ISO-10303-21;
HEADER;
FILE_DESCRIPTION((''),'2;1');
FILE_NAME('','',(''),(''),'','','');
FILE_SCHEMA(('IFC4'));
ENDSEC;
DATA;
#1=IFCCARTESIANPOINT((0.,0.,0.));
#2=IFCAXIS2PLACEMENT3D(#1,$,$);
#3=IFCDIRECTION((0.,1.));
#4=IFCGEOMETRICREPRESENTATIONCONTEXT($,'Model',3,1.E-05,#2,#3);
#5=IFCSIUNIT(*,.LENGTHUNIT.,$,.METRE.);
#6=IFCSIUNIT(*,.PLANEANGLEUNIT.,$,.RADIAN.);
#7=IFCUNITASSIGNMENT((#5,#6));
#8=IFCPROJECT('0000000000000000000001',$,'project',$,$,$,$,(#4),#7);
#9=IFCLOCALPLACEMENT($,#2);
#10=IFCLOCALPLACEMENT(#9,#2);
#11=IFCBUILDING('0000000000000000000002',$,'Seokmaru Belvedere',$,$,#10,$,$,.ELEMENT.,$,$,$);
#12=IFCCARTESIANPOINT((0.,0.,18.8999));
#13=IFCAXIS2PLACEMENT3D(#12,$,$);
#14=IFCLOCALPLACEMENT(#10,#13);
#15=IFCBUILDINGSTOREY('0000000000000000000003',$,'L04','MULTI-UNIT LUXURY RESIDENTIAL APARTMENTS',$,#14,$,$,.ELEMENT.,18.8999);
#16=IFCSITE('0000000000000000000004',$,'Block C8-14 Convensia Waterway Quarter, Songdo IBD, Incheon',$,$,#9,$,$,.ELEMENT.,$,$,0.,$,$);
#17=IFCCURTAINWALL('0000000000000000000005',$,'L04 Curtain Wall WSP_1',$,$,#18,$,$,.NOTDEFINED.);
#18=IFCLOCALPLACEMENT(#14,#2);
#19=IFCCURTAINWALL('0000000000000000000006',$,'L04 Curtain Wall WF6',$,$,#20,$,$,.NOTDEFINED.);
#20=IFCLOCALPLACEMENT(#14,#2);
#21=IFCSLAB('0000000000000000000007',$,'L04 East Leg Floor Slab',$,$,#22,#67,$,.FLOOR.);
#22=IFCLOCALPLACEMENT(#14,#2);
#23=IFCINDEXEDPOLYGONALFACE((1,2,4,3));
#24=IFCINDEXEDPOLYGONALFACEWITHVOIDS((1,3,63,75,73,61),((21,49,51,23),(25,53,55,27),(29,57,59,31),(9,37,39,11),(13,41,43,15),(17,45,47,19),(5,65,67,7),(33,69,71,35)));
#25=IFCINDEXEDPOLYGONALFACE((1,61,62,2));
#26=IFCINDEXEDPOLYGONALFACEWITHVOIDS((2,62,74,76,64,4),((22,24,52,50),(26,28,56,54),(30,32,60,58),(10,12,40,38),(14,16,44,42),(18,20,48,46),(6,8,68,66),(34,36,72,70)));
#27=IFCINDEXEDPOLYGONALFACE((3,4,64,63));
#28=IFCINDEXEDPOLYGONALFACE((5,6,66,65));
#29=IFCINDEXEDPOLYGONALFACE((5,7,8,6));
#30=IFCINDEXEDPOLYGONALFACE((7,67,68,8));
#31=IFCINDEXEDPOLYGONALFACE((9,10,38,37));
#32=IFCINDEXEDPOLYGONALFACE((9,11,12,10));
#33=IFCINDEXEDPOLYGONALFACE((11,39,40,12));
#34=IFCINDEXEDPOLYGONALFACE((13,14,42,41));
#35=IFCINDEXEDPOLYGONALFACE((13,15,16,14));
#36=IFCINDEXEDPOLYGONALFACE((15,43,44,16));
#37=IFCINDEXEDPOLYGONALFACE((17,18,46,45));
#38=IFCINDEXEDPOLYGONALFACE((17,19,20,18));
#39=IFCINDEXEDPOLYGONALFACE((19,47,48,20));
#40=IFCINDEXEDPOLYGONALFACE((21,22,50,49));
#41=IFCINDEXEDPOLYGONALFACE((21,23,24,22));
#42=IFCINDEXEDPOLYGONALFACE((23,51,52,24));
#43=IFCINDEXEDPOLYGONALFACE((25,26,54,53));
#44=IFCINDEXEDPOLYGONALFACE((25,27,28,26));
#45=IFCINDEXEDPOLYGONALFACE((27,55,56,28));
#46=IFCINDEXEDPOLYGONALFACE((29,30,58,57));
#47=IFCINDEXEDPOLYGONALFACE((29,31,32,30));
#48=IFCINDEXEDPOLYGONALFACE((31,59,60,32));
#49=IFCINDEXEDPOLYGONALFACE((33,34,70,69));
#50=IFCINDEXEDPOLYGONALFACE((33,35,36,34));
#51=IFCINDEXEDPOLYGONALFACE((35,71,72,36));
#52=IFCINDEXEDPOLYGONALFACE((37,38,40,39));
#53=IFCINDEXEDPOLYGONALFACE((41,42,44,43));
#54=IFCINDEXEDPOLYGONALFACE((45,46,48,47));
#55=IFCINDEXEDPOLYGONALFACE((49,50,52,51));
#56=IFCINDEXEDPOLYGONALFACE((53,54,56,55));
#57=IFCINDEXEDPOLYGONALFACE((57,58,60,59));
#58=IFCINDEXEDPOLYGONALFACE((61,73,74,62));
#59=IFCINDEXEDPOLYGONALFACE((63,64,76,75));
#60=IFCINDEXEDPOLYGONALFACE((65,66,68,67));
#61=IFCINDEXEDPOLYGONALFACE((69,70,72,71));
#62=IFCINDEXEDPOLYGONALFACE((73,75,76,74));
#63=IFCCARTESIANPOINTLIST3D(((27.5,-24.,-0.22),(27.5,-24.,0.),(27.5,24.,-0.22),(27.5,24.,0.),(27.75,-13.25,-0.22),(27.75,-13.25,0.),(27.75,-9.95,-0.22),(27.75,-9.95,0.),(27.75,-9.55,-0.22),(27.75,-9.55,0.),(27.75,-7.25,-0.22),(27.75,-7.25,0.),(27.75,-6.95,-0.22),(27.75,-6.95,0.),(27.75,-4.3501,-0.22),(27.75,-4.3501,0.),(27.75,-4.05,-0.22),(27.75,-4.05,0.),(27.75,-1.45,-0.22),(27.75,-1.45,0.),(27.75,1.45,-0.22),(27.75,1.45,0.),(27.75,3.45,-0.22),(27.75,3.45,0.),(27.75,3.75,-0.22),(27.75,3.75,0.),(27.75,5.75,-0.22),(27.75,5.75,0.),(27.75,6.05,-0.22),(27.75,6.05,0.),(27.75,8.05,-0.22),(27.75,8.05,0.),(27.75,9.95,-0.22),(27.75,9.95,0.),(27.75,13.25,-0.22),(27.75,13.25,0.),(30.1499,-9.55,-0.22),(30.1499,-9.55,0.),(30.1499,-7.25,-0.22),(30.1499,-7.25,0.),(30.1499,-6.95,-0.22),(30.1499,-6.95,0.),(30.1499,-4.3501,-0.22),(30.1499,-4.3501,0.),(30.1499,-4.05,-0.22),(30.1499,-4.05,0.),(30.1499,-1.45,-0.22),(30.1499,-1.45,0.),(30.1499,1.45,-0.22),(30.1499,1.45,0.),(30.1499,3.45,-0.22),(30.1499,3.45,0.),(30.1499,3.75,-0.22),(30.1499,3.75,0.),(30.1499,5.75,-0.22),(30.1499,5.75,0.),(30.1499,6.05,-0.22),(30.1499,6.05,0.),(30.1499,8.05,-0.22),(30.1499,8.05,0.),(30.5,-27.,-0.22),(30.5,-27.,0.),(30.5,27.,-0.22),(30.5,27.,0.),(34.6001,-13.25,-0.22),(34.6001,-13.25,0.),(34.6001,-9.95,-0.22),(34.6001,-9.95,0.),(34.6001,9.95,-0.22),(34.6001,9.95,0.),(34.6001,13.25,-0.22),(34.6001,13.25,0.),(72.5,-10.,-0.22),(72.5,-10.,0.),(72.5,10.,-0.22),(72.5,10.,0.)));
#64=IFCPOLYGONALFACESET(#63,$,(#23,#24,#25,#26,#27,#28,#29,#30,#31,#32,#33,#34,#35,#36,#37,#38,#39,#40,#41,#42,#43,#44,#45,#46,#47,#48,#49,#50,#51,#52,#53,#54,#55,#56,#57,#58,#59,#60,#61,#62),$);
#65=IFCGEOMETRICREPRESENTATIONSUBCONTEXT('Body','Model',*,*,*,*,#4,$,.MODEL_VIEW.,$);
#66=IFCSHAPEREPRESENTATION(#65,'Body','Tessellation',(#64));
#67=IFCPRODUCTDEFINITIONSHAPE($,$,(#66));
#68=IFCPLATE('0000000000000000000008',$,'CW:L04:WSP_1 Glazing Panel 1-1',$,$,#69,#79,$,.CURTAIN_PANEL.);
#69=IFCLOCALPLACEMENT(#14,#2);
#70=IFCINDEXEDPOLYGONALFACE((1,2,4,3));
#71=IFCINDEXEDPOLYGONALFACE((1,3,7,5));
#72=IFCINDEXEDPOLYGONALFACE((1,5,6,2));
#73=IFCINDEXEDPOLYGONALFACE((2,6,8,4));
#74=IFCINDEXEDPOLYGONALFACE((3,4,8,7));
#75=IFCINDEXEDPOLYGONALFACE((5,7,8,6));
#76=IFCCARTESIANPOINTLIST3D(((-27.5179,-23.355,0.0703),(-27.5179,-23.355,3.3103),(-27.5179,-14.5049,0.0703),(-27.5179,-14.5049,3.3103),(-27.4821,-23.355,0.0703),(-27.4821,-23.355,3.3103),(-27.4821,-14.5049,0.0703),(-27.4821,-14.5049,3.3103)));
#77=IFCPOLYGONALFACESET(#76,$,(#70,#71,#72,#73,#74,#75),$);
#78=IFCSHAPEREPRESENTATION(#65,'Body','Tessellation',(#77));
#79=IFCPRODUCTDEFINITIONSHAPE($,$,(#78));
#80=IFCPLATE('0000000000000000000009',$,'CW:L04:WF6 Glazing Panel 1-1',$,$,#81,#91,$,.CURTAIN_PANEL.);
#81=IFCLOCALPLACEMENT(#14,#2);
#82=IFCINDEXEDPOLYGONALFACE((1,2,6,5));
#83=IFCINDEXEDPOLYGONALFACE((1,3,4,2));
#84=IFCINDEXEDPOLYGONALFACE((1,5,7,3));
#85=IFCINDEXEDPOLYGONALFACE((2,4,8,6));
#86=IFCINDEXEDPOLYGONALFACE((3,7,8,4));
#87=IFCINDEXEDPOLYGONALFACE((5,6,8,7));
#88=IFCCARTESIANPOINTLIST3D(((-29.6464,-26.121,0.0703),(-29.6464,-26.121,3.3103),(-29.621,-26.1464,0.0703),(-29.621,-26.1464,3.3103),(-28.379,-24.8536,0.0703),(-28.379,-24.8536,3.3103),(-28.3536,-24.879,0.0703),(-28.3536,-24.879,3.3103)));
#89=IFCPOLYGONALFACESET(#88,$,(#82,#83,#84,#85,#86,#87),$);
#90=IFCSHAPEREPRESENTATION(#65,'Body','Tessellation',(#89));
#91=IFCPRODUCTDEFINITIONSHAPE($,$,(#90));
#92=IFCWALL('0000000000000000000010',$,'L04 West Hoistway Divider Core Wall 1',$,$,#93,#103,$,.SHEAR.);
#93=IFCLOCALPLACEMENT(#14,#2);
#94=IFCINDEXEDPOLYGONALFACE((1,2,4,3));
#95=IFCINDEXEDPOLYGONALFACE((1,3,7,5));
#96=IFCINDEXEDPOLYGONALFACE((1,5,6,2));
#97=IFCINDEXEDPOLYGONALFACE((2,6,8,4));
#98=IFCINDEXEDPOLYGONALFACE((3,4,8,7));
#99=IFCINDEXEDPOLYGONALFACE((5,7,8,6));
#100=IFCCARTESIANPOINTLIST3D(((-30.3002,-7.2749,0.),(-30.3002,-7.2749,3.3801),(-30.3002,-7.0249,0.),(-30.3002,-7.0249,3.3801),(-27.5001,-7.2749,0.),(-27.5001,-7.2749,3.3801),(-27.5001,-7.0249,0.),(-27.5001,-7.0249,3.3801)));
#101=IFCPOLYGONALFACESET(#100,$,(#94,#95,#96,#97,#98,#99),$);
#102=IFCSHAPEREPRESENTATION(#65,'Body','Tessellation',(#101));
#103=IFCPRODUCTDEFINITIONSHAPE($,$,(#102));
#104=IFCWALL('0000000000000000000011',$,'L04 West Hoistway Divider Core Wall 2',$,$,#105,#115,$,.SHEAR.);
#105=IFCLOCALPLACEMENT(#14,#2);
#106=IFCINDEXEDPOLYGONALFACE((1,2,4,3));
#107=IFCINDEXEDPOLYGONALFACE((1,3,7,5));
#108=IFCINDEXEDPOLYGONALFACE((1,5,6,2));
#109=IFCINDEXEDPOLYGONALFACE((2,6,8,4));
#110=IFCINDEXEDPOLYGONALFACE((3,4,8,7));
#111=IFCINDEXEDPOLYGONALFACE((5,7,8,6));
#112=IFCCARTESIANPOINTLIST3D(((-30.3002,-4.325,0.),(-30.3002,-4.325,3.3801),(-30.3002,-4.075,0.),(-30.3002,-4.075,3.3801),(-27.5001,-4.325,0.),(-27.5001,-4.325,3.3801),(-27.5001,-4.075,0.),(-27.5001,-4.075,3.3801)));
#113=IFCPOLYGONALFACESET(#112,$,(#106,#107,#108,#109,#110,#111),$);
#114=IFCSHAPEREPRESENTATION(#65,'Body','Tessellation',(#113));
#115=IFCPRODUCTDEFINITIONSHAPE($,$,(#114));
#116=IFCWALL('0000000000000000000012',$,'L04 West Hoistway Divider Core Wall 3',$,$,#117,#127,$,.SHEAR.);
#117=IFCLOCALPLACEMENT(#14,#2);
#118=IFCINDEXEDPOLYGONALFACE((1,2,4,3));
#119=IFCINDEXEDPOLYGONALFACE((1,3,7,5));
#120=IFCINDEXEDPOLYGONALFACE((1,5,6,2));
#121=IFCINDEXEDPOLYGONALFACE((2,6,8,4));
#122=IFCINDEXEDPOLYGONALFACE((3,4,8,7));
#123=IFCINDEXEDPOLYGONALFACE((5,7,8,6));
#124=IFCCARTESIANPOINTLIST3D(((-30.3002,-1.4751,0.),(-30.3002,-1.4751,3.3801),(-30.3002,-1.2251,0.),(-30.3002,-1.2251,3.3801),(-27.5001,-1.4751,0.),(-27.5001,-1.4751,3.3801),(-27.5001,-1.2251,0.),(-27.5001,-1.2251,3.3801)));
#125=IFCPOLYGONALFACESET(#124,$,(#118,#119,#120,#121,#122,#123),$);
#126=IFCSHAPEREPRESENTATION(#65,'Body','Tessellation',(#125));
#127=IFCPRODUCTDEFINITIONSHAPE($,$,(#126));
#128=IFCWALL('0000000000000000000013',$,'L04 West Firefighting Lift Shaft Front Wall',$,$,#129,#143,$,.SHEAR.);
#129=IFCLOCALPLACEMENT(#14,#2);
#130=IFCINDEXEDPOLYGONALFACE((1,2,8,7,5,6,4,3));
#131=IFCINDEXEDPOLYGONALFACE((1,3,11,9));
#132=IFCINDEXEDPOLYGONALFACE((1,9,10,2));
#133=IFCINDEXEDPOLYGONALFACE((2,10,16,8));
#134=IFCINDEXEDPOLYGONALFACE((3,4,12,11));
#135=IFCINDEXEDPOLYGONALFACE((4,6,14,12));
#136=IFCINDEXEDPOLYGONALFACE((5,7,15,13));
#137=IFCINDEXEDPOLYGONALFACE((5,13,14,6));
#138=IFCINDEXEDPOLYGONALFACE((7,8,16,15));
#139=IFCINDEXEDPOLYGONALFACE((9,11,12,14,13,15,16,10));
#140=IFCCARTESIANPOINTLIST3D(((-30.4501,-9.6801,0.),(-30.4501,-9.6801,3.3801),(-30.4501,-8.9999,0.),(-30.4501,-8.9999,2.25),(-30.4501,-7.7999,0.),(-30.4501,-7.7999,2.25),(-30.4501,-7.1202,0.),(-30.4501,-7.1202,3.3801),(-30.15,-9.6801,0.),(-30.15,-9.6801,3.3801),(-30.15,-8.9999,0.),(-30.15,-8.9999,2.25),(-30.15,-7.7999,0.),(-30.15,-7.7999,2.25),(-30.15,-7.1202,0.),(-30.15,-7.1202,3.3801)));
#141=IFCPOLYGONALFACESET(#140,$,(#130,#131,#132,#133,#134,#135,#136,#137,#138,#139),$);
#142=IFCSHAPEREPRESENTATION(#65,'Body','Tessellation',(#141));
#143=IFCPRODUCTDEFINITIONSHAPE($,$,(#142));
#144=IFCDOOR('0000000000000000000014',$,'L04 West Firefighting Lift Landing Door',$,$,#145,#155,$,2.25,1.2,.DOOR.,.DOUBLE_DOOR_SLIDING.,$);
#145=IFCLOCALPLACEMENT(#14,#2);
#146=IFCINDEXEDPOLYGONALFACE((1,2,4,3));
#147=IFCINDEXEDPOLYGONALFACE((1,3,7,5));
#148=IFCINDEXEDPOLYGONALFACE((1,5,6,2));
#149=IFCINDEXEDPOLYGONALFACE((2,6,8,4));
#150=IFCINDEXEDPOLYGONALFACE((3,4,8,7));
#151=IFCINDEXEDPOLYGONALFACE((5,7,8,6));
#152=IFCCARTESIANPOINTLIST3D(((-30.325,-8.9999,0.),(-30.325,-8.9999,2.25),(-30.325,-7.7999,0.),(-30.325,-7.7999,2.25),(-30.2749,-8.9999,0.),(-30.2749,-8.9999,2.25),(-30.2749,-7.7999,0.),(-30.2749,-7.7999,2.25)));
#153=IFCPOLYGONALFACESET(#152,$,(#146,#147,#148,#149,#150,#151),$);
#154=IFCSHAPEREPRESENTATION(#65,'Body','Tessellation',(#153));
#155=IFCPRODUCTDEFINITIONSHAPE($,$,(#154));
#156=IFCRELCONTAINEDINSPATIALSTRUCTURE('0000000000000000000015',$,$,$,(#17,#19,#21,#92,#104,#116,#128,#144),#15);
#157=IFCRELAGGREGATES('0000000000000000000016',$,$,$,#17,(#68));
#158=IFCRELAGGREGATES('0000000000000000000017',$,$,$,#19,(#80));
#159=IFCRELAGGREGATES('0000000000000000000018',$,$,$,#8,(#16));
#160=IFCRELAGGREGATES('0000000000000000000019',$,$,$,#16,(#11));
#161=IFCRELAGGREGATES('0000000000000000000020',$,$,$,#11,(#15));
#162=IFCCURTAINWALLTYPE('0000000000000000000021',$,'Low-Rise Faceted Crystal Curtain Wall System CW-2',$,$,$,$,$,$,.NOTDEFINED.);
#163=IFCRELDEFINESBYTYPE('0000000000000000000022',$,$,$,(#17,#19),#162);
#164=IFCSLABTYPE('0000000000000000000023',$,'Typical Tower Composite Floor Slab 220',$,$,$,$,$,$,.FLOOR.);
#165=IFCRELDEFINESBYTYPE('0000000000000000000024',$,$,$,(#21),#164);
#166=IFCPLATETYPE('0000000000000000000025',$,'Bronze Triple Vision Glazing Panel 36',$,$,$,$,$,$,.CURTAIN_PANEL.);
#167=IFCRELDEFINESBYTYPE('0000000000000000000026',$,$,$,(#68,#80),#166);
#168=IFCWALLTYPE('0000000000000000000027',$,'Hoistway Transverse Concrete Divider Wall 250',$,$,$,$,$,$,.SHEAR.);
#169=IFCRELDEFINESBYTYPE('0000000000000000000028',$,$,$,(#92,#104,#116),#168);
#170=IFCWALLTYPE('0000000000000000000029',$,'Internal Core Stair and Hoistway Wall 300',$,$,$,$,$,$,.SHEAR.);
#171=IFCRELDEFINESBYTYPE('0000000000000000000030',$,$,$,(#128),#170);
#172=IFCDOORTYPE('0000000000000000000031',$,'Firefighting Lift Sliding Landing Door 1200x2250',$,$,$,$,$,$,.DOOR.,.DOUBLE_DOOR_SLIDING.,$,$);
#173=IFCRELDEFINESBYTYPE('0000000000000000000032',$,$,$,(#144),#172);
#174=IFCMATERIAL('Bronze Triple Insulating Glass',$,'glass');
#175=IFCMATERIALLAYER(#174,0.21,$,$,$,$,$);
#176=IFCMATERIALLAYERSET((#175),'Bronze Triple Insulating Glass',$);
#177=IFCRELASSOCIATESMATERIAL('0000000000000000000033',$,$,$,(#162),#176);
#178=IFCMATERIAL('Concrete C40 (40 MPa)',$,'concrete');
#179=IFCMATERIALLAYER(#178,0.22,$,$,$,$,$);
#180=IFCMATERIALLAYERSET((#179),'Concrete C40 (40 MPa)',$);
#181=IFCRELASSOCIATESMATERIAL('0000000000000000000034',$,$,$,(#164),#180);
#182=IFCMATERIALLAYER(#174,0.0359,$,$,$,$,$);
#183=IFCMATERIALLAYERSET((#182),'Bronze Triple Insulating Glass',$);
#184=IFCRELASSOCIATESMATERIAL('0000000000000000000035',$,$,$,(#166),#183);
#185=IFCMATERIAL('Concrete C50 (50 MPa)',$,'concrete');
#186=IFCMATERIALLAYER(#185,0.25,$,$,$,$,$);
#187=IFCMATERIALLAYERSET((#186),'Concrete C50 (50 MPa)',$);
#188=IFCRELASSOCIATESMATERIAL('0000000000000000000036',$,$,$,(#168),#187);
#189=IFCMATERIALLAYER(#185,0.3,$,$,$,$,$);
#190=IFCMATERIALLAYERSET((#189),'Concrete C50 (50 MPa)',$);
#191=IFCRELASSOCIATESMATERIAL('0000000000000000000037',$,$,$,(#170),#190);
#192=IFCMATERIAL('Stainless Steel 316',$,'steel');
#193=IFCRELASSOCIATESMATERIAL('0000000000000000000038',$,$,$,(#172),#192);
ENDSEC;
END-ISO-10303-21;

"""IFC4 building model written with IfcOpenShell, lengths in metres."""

from ifc_helpers import new_model, si_unit, direction, frame, frame_2d, origin, origin_2d, place, context, subcontext, project, spatial, polyline, rectangle, outline, extrude, source, transform, mapped, material, layer, layer_set, type_object, type_shapes, element, fill, aggregate, save


model = new_model("IFC4")

# Units and contexts
model_context = context("Model", 3, precision=1e-05, world=origin(), true_north=direction((0.0, 1.0)))
body_context = subcontext(model_context, "Body", "Model", "MODEL_VIEW")
ifc_project = project(units=[si_unit("LENGTHUNIT", "METRE"), si_unit("PLANEANGLEUNIT", "RADIAN")], contexts=[model_context])

# Site, building, storey
site_placement = place(None, origin())
site = spatial("IfcSite", under=ifc_project, at=site_placement, Name="Block C8-14 Convensia Waterway Quarter, Songdo IBD, Incheon", CompositionType="ELEMENT", RefElevation=0.0)
building_placement = place(site_placement, origin())
building = spatial("IfcBuilding", under=site, at=building_placement, Name="Seokmaru Belvedere", CompositionType="ELEMENT")
storey_placement = place(building_placement, frame((0.0, 0.0, 18.8999)))
storey = spatial("IfcBuildingStorey", under=building, at=storey_placement, Name="L04", Description="MULTI-UNIT LUXURY RESIDENTIAL APARTMENTS", CompositionType="ELEMENT", Elevation=18.8999)

# Curtain walls
ifc_material_1 = material(Name="Bronze Triple Insulating Glass", Category="glass")
ifc_layer_1 = layer(ifc_material_1, 0.21)
ifc_layer_set_1 = layer_set([ifc_layer_1], Name="Bronze Triple Insulating Glass")
curtain_wall_type = type_object("IfcCurtainWallType", Name="Low-Rise Faceted Crystal Curtain Wall System CW-2", PredefinedType="NOTDEFINED", material=ifc_layer_set_1)
curtain_wall_1_placement = place(storey_placement, origin())
curtain_wall_1 = element("IfcCurtainWall", 1, at=curtain_wall_1_placement, inside=storey, type_object=curtain_wall_type, Name="L04 Curtain Wall WSP_1", PredefinedType="NOTDEFINED")
curtain_wall_2_placement = place(storey_placement, origin())
curtain_wall_2 = element("IfcCurtainWall", 2, at=curtain_wall_2_placement, inside=storey, type_object=curtain_wall_type, Name="L04 Curtain Wall WF6", PredefinedType="NOTDEFINED")

# Shared definitions
ifc_material_2 = material(Name="Concrete C40 (40 MPa)", Category="concrete")

# Slab
ifc_layer_2 = layer(ifc_material_2, 0.22)
ifc_layer_set_2 = layer_set([ifc_layer_2], Name="Concrete C40 (40 MPa)")
slab_type_1 = type_object("IfcSlabType", Name="Typical Tower Composite Floor Slab 220", PredefinedType="FLOOR", material=ifc_layer_set_2)
slab_1_placement = place(storey_placement, frame((0.0, 0.0, -0.22)))
element("IfcSlab", 3, at=slab_1_placement, inside=storey, type_object=slab_type_1, Name="L04 East Leg Floor Slab", PredefinedType="FLOOR", context=body_context, shape_type="SweptSolid", body=[
    extrude(outline(polyline([(30.5, -27.0), (72.5, -10.0), (72.5, 10.0), (30.5, 27.0), (27.5, 24.0), (27.5, -24.0), (30.5, -27.0)]), holes=[polyline([(27.75, -13.25), (34.6001, -13.25), (34.6001, -9.95), (27.75, -9.95), (27.75, -13.25)]), polyline([(27.75, 9.95), (34.6001, 9.95), (34.6001, 13.25), (27.75, 13.25), (27.75, 9.95)]), polyline([(27.75, -9.55), (30.1499, -9.55), (30.1499, -7.25), (27.75, -7.25), (27.75, -9.55)]), polyline([(27.75, -6.95), (30.1499, -6.95), (30.1499, -4.3501), (27.75, -4.3501), (27.75, -6.95)]), polyline([(27.75, -4.05), (30.1499, -4.05), (30.1499, -1.45), (27.75, -1.45), (27.75, -4.05)]), polyline([(27.75, 1.45), (30.1499, 1.45), (30.1499, 3.45), (27.75, 3.45), (27.75, 1.45)]), polyline([(27.75, 3.75), (30.1499, 3.75), (30.1499, 5.75), (27.75, 5.75), (27.75, 3.75)]), polyline([(27.75, 6.05), (30.1499, 6.05), (30.1499, 8.05), (27.75, 8.05), (27.75, 6.05)])]), origin(), (0.0, 0.0, 1.0), 0.22),
])

# Plates
ifc_layer_3 = layer(ifc_material_1, 0.0359)
ifc_layer_set_3 = layer_set([ifc_layer_3], Name="Bronze Triple Insulating Glass")
plate_type = type_object("IfcPlateType", Name="Bronze Triple Vision Glazing Panel 36", PredefinedType="CURTAIN_PANEL", material=ifc_layer_set_3)
shared_shape_1 = source(origin(), body_context, "Body", "SweptSolid", [
    extrude(rectangle(XDim=8.8501, YDim=0.0359, at=origin_2d()), origin(), (0.0, 0.0, 1.0), 3.24),
])
plate_1_placement = place(storey_placement, frame((-27.5, -18.9299, 0.0703), z_axis=(0.0, 0.0, 1.0), x_axis=(0.0, 1.0, 0.0)))
plate_1 = element("IfcPlate", 4, at=plate_1_placement, type_object=plate_type, Name="CW:L04:WSP_1 Glazing Panel 1-1", PredefinedType="CURTAIN_PANEL", context=body_context, shape_type="MappedRepresentation", body=[
    mapped(shared_shape_1, transform((0.0, 0.0, 0.0), scale=1.0)),
])
aggregate(curtain_wall_1, [plate_1])
shared_shape_2 = source(origin(), body_context, "Body", "SweptSolid", [
    extrude(rectangle(XDim=1.7925, YDim=0.0359, at=origin_2d()), origin(), (0.0, 0.0, 1.0), 3.24),
])
type_shapes(plate_type, [shared_shape_1, shared_shape_2])
plate_2_placement = place(storey_placement, frame((-29.0, -25.5, 0.0703), z_axis=(0.0, 0.0, 1.0), x_axis=(0.707107, 0.707107, 0.0)))
plate_2 = element("IfcPlate", 5, at=plate_2_placement, type_object=plate_type, Name="CW:L04:WF6 Glazing Panel 1-1", PredefinedType="CURTAIN_PANEL", context=body_context, shape_type="MappedRepresentation", body=[
    mapped(shared_shape_2, transform((0.0, 0.0, 0.0), scale=1.0)),
])
aggregate(curtain_wall_2, [plate_2])

# Walls
ifc_material_3 = material(Name="Concrete C50 (50 MPa)", Category="concrete")
ifc_layer_4 = layer(ifc_material_3, 0.25)
ifc_layer_set_4 = layer_set([ifc_layer_4], Name="Concrete C50 (50 MPa)")
wall_type_1 = type_object("IfcWallType", Name="Hoistway Transverse Concrete Divider Wall 250", PredefinedType="SHEAR", material=ifc_layer_set_4)
for number, where, z_axis, x_axis, name in (
    (6, (-30.3, -7.1499, 0.0), (0.0, 0.0, 1.0), (1.0, 0.0, 0.0), "L04 West Hoistway Divider Core Wall 1"),
    (7, (-30.3, -4.2, 0.0), (0.0, 0.0, 1.0), (1.0, 0.0, 0.0), "L04 West Hoistway Divider Core Wall 2"),
    (8, (-30.3, -1.3501, 0.0), (0.0, 0.0, 1.0), (1.0, 0.0, 0.0), "L04 West Hoistway Divider Core Wall 3"),
):
    element("IfcWall", number, at=place(storey_placement, frame(where, z_axis=z_axis, x_axis=x_axis)), inside=storey, type_object=wall_type_1, Name=name, PredefinedType="SHEAR", context=body_context, shape_type="SweptSolid", body=[
        extrude(rectangle(XDim=2.8, YDim=0.25, at=frame_2d((1.3999, 0.0))), origin(), (0.0, 0.0, 1.0), 3.3801),
    ])

# Wall, opening, door
ifc_layer_5 = layer(ifc_material_3, 0.3)
ifc_layer_set_5 = layer_set([ifc_layer_5], Name="Concrete C50 (50 MPa)")
wall_type_2 = type_object("IfcWallType", Name="Internal Core Stair and Hoistway Wall 300", PredefinedType="SHEAR", material=ifc_layer_set_5)
wall_1_placement = place(storey_placement, frame((-30.3, -9.6799, 0.0), z_axis=(0.0, 0.0, 1.0), x_axis=(0.0, 1.0, 0.0)))
wall_1 = element("IfcWall", 9, at=wall_1_placement, inside=storey, type_object=wall_type_2, Name="L04 West Firefighting Lift Shaft Front Wall", PredefinedType="SHEAR", context=body_context, shape_type="SweptSolid", body=[
    extrude(rectangle(XDim=2.5598, YDim=0.3, at=frame_2d((1.2798, 0.0))), origin(), (0.0, 0.0, 1.0), 3.3801),
])
opening_1_placement = place(wall_1_placement, frame((0.6799, 0.0, 0.0)))
opening_1 = element("IfcOpeningElement", 10, at=opening_1_placement, cuts=wall_1, PredefinedType="OPENING", context=body_context, shape_type="SweptSolid", body=[
    extrude(rectangle(XDim=1.2, YDim=2.25, at=frame_2d((0.6001, 1.125))), frame((0.0, 0.1602, 0.0), z_axis=(0.0, -1.0, 0.0), x_axis=(1.0, 0.0, 0.0)), (0.0, 0.0, 1.0), 0.3201),
])
ifc_material_4 = material(Name="Stainless Steel 316", Category="steel")
door_type_1 = type_object("IfcDoorType", Name="Firefighting Lift Sliding Landing Door 1200x2250", OperationType="DOUBLE_DOOR_SLIDING", PredefinedType="DOOR", material=ifc_material_4)
shared_shape_3 = source(origin(), body_context, "Body", "SweptSolid", [
    extrude(rectangle(XDim=1.2, YDim=2.25, at=frame_2d((0.6001, 1.125))), frame((0.0, 0.0249, 0.0), z_axis=(0.0, -1.0, 0.0), x_axis=(1.0, 0.0, 0.0)), (0.0, 0.0, 1.0), 0.05),
])
type_shapes(door_type_1, [shared_shape_3])
door_1_placement = place(opening_1_placement, origin())
door_1 = element("IfcDoor", 11, at=door_1_placement, inside=storey, type_object=door_type_1, Name="L04 West Firefighting Lift Landing Door", OperationType="DOUBLE_DOOR_SLIDING", OverallHeight=2.25, OverallWidth=1.2, PredefinedType="DOOR", context=body_context, shape_type="MappedRepresentation", body=[
    mapped(shared_shape_3, transform((0.0, 0.0, 0.0), scale=1.0)),
])
fill(opening_1, door_1)

save(model, "model.ifc")
